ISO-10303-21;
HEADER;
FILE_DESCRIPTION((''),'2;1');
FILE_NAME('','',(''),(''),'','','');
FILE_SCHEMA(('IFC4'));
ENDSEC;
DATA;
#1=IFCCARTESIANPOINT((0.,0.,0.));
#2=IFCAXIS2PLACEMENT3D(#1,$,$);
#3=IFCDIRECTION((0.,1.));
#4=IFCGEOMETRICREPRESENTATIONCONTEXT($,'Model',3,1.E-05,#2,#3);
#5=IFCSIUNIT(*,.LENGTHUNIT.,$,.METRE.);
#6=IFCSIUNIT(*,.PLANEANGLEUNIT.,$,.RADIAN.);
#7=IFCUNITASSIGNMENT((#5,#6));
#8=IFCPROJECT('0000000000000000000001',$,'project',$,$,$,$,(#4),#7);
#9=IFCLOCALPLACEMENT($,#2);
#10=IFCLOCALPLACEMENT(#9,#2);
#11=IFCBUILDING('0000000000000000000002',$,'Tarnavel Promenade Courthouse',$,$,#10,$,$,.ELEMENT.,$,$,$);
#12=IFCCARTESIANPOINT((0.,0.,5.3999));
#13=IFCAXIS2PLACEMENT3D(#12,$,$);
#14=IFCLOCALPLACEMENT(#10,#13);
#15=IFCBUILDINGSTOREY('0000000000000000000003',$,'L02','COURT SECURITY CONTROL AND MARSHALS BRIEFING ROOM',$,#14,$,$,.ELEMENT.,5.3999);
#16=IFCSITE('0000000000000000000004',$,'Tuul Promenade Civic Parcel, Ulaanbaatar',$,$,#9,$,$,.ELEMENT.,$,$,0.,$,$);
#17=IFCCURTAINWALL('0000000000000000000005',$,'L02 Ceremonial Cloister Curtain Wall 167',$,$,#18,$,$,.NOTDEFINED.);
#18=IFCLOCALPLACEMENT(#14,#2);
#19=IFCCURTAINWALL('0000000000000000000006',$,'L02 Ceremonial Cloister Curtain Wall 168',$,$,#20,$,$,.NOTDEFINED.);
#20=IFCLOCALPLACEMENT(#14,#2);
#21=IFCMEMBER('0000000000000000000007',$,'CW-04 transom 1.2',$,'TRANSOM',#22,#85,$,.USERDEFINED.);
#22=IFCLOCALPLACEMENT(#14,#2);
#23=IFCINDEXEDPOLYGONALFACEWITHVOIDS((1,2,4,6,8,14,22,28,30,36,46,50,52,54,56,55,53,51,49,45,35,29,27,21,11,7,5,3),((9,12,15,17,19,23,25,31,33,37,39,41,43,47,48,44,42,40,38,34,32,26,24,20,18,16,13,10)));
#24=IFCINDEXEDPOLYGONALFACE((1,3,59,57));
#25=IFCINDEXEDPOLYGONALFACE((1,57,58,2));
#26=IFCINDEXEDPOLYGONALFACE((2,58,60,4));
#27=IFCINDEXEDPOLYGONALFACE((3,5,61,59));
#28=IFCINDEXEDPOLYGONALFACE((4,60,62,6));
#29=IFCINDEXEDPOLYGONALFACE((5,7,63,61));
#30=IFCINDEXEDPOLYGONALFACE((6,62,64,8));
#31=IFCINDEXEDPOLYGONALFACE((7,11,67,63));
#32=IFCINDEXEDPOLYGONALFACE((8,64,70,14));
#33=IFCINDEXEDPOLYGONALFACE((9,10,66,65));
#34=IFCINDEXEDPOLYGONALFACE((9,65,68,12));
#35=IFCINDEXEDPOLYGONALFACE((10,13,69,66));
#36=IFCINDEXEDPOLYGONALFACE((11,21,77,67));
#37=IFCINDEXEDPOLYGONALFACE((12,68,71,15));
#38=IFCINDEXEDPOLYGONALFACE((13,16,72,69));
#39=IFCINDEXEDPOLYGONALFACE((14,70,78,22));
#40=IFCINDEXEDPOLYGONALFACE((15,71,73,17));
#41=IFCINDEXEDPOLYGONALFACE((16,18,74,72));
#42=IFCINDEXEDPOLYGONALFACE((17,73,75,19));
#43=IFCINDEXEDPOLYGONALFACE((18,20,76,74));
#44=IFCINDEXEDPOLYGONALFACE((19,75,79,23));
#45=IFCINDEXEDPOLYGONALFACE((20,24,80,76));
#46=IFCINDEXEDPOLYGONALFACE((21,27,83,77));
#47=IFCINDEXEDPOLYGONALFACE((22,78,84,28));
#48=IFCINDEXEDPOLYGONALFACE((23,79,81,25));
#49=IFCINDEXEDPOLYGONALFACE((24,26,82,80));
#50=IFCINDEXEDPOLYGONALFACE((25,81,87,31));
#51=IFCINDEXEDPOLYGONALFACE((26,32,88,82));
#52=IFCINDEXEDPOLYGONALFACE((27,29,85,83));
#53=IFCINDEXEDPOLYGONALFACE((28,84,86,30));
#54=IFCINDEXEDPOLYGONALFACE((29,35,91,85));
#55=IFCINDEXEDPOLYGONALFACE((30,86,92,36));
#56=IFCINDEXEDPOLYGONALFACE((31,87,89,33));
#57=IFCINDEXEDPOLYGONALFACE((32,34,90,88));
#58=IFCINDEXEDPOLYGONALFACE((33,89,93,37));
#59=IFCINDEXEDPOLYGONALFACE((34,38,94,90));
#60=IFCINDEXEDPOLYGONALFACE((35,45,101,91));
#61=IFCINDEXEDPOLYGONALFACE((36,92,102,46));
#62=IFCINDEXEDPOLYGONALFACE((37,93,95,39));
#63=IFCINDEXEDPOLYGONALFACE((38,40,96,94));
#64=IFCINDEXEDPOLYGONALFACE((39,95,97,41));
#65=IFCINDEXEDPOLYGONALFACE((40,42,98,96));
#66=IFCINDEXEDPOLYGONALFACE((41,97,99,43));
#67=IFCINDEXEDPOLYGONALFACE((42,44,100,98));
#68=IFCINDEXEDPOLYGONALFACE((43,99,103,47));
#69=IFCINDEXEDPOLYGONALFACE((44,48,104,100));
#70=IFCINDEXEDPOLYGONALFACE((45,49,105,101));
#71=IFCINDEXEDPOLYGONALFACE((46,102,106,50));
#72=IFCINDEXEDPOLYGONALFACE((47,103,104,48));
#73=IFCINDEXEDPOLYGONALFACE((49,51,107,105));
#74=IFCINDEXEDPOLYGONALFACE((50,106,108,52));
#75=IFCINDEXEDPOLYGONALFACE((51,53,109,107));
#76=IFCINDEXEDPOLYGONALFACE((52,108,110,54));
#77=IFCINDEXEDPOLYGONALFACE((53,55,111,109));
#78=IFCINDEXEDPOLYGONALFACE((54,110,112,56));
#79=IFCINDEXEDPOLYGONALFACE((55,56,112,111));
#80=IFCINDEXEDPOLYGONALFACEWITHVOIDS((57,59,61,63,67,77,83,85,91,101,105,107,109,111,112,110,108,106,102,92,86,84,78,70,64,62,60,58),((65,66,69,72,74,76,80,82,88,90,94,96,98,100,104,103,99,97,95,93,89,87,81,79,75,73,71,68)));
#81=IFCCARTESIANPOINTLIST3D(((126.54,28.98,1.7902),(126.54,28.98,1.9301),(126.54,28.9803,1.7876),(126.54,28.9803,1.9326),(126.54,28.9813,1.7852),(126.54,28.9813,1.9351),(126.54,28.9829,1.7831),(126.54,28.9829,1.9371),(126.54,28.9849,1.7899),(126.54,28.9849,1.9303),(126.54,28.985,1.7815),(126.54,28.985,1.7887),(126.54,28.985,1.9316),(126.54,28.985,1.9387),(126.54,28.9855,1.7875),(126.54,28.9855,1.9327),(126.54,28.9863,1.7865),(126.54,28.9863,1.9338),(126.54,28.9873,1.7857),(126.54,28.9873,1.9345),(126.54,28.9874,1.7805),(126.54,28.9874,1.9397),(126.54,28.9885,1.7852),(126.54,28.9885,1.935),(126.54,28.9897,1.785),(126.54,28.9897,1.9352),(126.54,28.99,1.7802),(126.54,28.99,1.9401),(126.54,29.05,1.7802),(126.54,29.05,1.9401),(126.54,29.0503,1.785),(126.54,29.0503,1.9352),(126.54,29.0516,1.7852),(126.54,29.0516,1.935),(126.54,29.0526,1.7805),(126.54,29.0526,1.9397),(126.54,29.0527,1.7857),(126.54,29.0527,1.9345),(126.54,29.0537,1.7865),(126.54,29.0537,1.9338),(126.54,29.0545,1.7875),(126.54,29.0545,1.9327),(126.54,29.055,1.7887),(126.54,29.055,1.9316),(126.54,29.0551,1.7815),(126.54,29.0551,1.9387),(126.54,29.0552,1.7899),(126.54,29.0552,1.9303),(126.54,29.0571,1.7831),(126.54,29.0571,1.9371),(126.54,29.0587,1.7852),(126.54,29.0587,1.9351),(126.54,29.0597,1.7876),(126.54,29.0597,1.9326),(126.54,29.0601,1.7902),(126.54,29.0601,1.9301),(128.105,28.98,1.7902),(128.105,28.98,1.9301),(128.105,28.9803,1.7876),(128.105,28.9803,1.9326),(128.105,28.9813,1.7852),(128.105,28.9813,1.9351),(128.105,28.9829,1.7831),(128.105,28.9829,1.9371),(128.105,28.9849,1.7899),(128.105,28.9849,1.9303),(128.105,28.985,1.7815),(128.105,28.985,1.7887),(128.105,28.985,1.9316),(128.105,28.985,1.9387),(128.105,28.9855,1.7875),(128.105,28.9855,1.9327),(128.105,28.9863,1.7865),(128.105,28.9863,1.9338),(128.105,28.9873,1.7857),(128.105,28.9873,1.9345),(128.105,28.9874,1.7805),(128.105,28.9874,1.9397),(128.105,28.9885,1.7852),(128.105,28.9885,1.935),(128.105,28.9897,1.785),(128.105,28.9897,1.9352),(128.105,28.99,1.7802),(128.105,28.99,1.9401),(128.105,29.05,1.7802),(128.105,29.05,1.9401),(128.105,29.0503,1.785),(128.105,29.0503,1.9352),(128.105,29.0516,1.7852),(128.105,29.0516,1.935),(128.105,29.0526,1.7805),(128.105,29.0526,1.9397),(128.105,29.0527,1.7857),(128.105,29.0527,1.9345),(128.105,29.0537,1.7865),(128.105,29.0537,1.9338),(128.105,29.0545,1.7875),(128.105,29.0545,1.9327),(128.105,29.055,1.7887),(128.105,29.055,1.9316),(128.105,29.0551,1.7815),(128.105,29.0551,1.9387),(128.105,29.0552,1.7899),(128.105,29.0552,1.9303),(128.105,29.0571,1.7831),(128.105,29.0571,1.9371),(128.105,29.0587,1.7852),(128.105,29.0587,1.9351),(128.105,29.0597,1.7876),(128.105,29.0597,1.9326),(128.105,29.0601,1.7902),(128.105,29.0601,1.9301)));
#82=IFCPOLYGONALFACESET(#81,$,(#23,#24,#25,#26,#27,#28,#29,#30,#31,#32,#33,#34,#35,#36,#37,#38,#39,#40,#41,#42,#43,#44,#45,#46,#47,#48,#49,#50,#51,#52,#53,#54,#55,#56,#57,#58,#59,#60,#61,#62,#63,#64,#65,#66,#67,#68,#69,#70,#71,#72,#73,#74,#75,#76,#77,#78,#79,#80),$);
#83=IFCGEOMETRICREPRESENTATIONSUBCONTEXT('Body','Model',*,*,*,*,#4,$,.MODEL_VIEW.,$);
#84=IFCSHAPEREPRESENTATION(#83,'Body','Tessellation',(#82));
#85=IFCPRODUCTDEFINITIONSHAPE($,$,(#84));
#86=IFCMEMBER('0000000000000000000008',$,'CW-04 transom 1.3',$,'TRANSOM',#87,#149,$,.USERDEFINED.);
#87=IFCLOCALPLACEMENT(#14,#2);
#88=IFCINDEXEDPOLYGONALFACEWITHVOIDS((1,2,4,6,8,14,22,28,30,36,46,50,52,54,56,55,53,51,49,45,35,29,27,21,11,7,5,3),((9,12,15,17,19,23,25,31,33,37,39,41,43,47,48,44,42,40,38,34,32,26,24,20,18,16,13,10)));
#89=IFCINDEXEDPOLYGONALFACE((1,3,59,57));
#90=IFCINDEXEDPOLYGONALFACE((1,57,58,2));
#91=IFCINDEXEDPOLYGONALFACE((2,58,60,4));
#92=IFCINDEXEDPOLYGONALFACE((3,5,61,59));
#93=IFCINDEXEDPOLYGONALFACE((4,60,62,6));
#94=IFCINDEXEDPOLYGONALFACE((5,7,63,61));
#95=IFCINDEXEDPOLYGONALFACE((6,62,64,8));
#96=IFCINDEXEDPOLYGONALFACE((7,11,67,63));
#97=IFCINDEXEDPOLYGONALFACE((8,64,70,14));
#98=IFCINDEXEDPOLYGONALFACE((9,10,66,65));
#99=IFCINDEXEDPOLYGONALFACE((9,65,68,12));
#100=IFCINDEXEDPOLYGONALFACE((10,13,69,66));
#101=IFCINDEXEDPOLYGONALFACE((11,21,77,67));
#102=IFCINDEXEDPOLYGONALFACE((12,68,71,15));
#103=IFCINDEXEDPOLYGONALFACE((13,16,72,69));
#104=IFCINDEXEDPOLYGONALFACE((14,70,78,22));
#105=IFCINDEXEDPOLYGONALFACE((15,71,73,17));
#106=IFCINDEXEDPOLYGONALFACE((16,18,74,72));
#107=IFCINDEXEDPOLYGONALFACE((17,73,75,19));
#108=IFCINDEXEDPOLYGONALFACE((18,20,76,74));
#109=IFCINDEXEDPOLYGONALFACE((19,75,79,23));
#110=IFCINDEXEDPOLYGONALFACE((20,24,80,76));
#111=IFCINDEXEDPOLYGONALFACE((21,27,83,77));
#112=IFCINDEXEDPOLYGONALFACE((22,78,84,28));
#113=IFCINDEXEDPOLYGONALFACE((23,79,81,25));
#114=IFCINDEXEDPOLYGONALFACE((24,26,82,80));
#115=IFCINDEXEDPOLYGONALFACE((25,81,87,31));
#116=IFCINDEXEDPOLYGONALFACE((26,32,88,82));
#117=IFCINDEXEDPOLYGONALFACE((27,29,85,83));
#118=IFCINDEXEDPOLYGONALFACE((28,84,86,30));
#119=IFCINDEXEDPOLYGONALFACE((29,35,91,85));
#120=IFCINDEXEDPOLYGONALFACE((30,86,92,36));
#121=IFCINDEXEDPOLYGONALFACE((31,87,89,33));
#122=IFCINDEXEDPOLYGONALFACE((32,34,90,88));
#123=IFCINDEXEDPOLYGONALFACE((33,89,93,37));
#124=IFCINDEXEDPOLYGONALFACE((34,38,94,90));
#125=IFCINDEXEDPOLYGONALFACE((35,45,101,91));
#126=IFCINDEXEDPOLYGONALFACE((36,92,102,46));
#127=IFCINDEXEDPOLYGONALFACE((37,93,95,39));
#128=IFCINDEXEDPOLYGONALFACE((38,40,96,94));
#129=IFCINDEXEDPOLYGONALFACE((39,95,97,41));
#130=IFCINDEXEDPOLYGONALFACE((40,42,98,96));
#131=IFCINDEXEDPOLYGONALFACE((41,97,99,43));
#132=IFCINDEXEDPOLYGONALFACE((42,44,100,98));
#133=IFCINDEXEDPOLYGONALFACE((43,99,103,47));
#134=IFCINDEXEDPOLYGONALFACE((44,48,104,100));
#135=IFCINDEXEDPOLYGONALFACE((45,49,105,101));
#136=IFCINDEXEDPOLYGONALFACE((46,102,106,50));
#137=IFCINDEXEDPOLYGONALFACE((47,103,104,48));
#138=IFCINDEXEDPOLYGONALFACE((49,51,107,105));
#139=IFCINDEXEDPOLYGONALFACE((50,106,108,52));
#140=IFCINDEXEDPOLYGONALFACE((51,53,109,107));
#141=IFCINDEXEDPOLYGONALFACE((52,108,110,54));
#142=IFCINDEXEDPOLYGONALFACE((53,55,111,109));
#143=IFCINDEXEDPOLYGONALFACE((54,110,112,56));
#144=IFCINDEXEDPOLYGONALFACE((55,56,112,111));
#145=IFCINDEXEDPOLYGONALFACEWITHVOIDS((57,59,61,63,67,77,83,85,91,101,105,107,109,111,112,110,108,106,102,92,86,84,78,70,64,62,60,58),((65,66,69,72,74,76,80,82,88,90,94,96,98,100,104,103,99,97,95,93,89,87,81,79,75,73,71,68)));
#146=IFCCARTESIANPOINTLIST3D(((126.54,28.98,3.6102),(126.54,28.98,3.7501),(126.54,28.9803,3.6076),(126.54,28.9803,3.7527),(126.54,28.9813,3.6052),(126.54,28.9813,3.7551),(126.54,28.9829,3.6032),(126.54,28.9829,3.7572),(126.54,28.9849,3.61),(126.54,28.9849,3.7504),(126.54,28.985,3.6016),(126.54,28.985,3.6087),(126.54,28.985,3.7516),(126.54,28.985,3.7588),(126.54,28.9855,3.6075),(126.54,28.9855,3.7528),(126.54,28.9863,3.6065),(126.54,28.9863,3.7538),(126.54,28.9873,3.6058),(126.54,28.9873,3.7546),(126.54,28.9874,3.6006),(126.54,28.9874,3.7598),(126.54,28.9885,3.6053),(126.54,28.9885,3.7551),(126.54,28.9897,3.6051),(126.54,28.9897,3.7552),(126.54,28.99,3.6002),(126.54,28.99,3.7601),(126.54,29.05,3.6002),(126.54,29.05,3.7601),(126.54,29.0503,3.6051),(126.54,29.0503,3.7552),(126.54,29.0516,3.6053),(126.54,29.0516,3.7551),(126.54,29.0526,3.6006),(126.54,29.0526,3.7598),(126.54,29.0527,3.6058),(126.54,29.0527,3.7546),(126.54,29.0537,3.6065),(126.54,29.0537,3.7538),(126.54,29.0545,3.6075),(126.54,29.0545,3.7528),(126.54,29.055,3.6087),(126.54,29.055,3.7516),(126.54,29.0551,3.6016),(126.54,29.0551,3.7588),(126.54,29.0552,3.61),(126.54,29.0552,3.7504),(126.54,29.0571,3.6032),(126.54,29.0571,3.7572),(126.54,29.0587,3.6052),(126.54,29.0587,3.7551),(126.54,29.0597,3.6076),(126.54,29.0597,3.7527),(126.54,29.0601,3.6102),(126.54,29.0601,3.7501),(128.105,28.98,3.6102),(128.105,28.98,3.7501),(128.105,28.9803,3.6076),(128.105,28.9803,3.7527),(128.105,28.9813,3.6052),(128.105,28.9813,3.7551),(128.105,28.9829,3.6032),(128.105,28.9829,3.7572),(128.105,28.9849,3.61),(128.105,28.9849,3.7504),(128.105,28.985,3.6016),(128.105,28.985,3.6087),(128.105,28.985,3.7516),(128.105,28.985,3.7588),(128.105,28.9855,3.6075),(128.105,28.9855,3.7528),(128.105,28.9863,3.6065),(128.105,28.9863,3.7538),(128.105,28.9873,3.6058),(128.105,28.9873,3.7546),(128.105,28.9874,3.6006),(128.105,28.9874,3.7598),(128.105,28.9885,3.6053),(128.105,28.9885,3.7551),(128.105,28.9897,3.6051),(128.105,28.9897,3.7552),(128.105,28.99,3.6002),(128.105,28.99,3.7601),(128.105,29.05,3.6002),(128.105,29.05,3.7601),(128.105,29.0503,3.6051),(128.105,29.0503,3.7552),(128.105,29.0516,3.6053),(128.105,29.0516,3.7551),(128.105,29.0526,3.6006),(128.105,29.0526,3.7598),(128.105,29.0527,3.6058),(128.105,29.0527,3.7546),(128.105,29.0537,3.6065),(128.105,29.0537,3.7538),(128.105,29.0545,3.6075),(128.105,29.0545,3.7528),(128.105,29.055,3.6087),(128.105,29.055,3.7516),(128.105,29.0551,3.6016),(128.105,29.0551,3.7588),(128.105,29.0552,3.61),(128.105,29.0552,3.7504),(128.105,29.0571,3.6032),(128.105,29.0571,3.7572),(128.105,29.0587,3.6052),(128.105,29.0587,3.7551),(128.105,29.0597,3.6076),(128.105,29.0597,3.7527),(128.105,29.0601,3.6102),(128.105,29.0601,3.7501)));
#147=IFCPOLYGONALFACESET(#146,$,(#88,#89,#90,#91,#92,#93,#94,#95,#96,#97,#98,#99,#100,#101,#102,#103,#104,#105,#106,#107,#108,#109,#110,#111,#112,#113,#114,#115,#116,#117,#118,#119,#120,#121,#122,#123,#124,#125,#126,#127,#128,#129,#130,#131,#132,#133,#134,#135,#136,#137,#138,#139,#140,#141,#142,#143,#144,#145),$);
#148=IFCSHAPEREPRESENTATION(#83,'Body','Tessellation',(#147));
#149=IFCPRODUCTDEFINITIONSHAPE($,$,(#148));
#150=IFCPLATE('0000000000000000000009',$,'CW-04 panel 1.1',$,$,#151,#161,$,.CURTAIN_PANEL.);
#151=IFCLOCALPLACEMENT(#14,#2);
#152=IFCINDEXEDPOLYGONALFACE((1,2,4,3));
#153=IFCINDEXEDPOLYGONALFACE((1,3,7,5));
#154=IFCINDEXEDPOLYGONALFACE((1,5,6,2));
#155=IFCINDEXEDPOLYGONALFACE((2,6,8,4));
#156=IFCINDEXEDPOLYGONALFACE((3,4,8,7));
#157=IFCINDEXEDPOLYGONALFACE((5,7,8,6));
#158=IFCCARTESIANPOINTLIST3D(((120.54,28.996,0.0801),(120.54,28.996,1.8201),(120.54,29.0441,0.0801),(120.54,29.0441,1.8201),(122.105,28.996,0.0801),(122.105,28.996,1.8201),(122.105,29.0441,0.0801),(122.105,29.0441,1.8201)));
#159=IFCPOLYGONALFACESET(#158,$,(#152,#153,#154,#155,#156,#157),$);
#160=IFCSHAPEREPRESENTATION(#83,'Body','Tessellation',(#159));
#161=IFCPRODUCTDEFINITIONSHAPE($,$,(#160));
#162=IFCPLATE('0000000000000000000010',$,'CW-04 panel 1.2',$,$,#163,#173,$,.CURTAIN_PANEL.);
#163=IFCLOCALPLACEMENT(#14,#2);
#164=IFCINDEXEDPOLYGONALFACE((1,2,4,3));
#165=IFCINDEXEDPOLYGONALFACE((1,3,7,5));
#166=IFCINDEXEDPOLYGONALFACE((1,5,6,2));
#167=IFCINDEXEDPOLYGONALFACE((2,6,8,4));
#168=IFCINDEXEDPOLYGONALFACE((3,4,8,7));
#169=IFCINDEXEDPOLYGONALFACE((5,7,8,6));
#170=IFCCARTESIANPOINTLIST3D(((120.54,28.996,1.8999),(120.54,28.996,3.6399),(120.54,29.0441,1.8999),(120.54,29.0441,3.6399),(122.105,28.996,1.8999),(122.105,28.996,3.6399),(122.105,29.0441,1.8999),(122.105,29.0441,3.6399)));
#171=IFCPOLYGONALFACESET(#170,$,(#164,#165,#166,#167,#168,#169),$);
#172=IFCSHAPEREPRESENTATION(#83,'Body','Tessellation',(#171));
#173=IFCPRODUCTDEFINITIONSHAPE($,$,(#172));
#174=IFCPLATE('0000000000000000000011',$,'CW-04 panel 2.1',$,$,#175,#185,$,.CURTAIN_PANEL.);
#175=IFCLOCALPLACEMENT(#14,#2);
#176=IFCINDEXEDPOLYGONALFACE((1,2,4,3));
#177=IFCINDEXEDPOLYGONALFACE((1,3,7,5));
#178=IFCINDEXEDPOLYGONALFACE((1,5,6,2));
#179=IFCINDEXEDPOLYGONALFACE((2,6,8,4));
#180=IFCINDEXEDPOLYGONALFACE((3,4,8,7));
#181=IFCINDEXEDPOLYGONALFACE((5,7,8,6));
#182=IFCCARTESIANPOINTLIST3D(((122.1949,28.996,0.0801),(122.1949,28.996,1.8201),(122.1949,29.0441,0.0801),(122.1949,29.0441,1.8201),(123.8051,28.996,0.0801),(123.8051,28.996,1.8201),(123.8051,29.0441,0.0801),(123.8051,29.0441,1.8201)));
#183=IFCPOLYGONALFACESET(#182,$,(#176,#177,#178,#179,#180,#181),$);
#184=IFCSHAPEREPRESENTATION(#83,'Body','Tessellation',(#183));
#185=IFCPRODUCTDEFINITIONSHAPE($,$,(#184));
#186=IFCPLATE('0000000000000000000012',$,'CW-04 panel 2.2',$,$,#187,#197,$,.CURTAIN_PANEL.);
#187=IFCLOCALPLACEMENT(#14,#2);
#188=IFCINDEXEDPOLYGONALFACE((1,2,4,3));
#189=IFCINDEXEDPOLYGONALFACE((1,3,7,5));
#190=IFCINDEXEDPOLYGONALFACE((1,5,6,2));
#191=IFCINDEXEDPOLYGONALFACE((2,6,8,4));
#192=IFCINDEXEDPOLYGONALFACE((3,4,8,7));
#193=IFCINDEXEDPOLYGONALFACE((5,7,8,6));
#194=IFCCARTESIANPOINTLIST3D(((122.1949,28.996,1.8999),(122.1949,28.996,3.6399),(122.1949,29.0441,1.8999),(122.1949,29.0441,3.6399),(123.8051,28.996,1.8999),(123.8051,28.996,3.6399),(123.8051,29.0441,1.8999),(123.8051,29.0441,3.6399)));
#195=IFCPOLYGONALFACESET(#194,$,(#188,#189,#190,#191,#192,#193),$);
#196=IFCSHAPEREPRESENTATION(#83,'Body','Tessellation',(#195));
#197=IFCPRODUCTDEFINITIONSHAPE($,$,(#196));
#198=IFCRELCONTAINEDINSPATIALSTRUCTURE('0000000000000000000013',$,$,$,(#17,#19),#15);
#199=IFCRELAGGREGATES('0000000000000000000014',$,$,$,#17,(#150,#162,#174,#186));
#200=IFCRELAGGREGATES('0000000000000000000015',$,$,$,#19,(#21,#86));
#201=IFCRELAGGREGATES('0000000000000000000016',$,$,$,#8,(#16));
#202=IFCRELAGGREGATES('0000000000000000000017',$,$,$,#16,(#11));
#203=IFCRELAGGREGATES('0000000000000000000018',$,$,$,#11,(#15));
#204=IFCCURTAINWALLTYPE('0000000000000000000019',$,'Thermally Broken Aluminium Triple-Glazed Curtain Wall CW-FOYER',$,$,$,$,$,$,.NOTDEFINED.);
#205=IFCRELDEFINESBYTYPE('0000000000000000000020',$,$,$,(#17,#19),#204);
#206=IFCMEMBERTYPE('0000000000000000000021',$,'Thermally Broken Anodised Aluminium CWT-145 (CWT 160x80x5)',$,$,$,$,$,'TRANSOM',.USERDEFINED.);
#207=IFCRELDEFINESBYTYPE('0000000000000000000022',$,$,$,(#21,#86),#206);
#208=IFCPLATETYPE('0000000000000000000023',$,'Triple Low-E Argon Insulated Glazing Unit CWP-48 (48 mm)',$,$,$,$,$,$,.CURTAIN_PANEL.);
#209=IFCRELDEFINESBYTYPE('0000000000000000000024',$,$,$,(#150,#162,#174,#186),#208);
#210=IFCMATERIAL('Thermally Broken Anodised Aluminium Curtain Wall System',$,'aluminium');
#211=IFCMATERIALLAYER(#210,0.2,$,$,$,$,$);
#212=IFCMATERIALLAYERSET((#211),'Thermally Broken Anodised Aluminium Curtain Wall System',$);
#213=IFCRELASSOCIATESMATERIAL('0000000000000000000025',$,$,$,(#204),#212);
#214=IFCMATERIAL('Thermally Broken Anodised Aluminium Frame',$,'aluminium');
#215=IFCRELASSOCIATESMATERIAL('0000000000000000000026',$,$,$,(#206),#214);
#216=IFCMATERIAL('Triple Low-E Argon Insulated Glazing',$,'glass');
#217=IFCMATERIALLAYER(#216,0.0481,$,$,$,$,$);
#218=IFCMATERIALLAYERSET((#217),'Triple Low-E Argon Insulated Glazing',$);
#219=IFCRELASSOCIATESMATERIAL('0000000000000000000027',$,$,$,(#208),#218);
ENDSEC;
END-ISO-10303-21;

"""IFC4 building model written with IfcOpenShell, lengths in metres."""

from ifc_helpers import new_model, si_unit, direction, frame, origin, origin_2d, place, context, subcontext, project, spatial, rectangle, hollow_rectangle, extrude, material, layer, layer_set, material_profile, profile_set, type_object, element, aggregate, save


model = new_model("IFC4")

# Units and contexts
model_context = context("Model", 3, precision=1e-05, world=origin(), true_north=direction((0.0, 1.0)))
body_context = subcontext(model_context, "Body", "Model", "MODEL_VIEW")
ifc_project = project(units=[si_unit("LENGTHUNIT", "METRE"), si_unit("PLANEANGLEUNIT", "RADIAN")], contexts=[model_context])

# Site, building, storey
site_placement = place(None, origin())
site = spatial("IfcSite", under=ifc_project, at=site_placement, Name="Tuul Promenade Civic Parcel, Ulaanbaatar", CompositionType="ELEMENT", RefElevation=0.0)
building_placement = place(site_placement, origin())
building = spatial("IfcBuilding", under=site, at=building_placement, Name="Tarnavel Promenade Courthouse", CompositionType="ELEMENT")
storey_placement = place(building_placement, frame((0.0, 0.0, 5.3999)))
storey = spatial("IfcBuildingStorey", under=building, at=storey_placement, Name="L02", Description="COURT SECURITY CONTROL AND MARSHALS BRIEFING ROOM", CompositionType="ELEMENT", Elevation=5.3999)

# Curtain walls
ifc_material_1 = material(Name="Thermally Broken Anodised Aluminium Curtain Wall System", Category="aluminium")
ifc_layer_1 = layer(ifc_material_1, 0.2)
ifc_layer_set_1 = layer_set([ifc_layer_1], Name="Thermally Broken Anodised Aluminium Curtain Wall System")
curtain_wall_type = type_object("IfcCurtainWallType", Name="Thermally Broken Aluminium Triple-Glazed Curtain Wall CW-FOYER", PredefinedType="NOTDEFINED", material=ifc_layer_set_1)
curtain_wall_1_placement = place(storey_placement, origin())
curtain_wall_1 = element("IfcCurtainWall", 1, at=curtain_wall_1_placement, inside=storey, type_object=curtain_wall_type, Name="L02 Ceremonial Cloister Curtain Wall 167", PredefinedType="NOTDEFINED")
ifc_material_2 = material(Name="Thermally Broken Anodised Aluminium Frame", Category="aluminium")
curtain_wall_2_placement = place(storey_placement, origin())
curtain_wall_2 = element("IfcCurtainWall", 2, at=curtain_wall_2_placement, inside=storey, type_object=curtain_wall_type, Name="L02 Ceremonial Cloister Curtain Wall 168", PredefinedType="NOTDEFINED")

# Members
ifc_material_profile_1 = material_profile(ifc_material_2, hollow_rectangle(XDim=0.0801, YDim=0.1599, WallThickness=0.0049, InnerFilletRadius=0.0049, OuterFilletRadius=0.01, at=origin_2d()), Name="CWT 160x80x5")
ifc_profile_set_1 = profile_set([ifc_material_profile_1], Name="Thermally Broken Anodised Aluminium Frame")
member_type_1 = type_object("IfcMemberType", Name="Thermally Broken Anodised Aluminium CWT-145 (CWT 160x80x5)", ElementType="TRANSOM", PredefinedType="USERDEFINED", material=ifc_profile_set_1)
member_1_placement = place(storey_placement, frame((126.54, 29.02, 1.8601), z_axis=(1.0, 0.0, 0.0), x_axis=(0.0, 1.0, 0.0)))
member_1 = element("IfcMember", 3, at=member_1_placement, type_object=member_type_1, Name="CW-04 transom 1.2", ObjectType="TRANSOM", PredefinedType="USERDEFINED", context=body_context, shape_type="SweptSolid", body=[
    extrude(hollow_rectangle(XDim=0.0801, YDim=0.1599, WallThickness=0.0049, InnerFilletRadius=0.0049, OuterFilletRadius=0.01, at=origin_2d()), origin(), (0.0, 0.0, 1.0), 1.5649),
])
member_2_placement = place(storey_placement, frame((126.54, 29.02, 3.6802), z_axis=(1.0, 0.0, 0.0), x_axis=(0.0, 1.0, 0.0)))
member_2 = element("IfcMember", 4, at=member_2_placement, type_object=member_type_1, Name="CW-04 transom 1.3", ObjectType="TRANSOM", PredefinedType="USERDEFINED", context=body_context, shape_type="SweptSolid", body=[
    extrude(hollow_rectangle(XDim=0.0801, YDim=0.1599, WallThickness=0.0049, InnerFilletRadius=0.0049, OuterFilletRadius=0.01, at=origin_2d()), origin(), (0.0, 0.0, 1.0), 1.5649),
])

# Plates
ifc_material_3 = material(Name="Triple Low-E Argon Insulated Glazing", Category="glass")
ifc_layer_2 = layer(ifc_material_3, 0.0481)
ifc_layer_set_2 = layer_set([ifc_layer_2], Name="Triple Low-E Argon Insulated Glazing")
plate_type = type_object("IfcPlateType", Name="Triple Low-E Argon Insulated Glazing Unit CWP-48 (48 mm)", PredefinedType="CURTAIN_PANEL", material=ifc_layer_set_2)
plate_1_placement = place(storey_placement, frame((121.3225, 29.02, 0.0801), z_axis=(0.0, 0.0, 1.0), x_axis=(1.0, 0.0, 0.0)))
plate_1 = element("IfcPlate", 5, at=plate_1_placement, type_object=plate_type, Name="CW-04 panel 1.1", PredefinedType="CURTAIN_PANEL", context=body_context, shape_type="SweptSolid", body=[
    extrude(rectangle(XDim=1.5649, YDim=0.0481, at=origin_2d()), origin(), (0.0, 0.0, 1.0), 1.74),
])
plate_2_placement = place(storey_placement, frame((121.3225, 29.02, 1.8999), z_axis=(0.0, 0.0, 1.0), x_axis=(1.0, 0.0, 0.0)))
plate_2 = element("IfcPlate", 6, at=plate_2_placement, type_object=plate_type, Name="CW-04 panel 1.2", PredefinedType="CURTAIN_PANEL", context=body_context, shape_type="SweptSolid", body=[
    extrude(rectangle(XDim=1.5649, YDim=0.0481, at=origin_2d()), origin(), (0.0, 0.0, 1.0), 1.74),
])
plate_3_placement = place(storey_placement, frame((123.0, 29.02, 0.0801), z_axis=(0.0, 0.0, 1.0), x_axis=(1.0, 0.0, 0.0)))
plate_3 = element("IfcPlate", 7, at=plate_3_placement, type_object=plate_type, Name="CW-04 panel 2.1", PredefinedType="CURTAIN_PANEL", context=body_context, shape_type="SweptSolid", body=[
    extrude(rectangle(XDim=1.6101, YDim=0.0481, at=origin_2d()), origin(), (0.0, 0.0, 1.0), 1.74),
])
plate_4_placement = place(storey_placement, frame((123.0, 29.02, 1.8999), z_axis=(0.0, 0.0, 1.0), x_axis=(1.0, 0.0, 0.0)))
plate_4 = element("IfcPlate", 8, at=plate_4_placement, type_object=plate_type, Name="CW-04 panel 2.2", PredefinedType="CURTAIN_PANEL", context=body_context, shape_type="SweptSolid", body=[
    extrude(rectangle(XDim=1.6101, YDim=0.0481, at=origin_2d()), origin(), (0.0, 0.0, 1.0), 1.74),
])
aggregate(curtain_wall_1, [plate_1, plate_2, plate_3, plate_4])
aggregate(curtain_wall_2, [member_1, member_2])

save(model, "model.ifc")
